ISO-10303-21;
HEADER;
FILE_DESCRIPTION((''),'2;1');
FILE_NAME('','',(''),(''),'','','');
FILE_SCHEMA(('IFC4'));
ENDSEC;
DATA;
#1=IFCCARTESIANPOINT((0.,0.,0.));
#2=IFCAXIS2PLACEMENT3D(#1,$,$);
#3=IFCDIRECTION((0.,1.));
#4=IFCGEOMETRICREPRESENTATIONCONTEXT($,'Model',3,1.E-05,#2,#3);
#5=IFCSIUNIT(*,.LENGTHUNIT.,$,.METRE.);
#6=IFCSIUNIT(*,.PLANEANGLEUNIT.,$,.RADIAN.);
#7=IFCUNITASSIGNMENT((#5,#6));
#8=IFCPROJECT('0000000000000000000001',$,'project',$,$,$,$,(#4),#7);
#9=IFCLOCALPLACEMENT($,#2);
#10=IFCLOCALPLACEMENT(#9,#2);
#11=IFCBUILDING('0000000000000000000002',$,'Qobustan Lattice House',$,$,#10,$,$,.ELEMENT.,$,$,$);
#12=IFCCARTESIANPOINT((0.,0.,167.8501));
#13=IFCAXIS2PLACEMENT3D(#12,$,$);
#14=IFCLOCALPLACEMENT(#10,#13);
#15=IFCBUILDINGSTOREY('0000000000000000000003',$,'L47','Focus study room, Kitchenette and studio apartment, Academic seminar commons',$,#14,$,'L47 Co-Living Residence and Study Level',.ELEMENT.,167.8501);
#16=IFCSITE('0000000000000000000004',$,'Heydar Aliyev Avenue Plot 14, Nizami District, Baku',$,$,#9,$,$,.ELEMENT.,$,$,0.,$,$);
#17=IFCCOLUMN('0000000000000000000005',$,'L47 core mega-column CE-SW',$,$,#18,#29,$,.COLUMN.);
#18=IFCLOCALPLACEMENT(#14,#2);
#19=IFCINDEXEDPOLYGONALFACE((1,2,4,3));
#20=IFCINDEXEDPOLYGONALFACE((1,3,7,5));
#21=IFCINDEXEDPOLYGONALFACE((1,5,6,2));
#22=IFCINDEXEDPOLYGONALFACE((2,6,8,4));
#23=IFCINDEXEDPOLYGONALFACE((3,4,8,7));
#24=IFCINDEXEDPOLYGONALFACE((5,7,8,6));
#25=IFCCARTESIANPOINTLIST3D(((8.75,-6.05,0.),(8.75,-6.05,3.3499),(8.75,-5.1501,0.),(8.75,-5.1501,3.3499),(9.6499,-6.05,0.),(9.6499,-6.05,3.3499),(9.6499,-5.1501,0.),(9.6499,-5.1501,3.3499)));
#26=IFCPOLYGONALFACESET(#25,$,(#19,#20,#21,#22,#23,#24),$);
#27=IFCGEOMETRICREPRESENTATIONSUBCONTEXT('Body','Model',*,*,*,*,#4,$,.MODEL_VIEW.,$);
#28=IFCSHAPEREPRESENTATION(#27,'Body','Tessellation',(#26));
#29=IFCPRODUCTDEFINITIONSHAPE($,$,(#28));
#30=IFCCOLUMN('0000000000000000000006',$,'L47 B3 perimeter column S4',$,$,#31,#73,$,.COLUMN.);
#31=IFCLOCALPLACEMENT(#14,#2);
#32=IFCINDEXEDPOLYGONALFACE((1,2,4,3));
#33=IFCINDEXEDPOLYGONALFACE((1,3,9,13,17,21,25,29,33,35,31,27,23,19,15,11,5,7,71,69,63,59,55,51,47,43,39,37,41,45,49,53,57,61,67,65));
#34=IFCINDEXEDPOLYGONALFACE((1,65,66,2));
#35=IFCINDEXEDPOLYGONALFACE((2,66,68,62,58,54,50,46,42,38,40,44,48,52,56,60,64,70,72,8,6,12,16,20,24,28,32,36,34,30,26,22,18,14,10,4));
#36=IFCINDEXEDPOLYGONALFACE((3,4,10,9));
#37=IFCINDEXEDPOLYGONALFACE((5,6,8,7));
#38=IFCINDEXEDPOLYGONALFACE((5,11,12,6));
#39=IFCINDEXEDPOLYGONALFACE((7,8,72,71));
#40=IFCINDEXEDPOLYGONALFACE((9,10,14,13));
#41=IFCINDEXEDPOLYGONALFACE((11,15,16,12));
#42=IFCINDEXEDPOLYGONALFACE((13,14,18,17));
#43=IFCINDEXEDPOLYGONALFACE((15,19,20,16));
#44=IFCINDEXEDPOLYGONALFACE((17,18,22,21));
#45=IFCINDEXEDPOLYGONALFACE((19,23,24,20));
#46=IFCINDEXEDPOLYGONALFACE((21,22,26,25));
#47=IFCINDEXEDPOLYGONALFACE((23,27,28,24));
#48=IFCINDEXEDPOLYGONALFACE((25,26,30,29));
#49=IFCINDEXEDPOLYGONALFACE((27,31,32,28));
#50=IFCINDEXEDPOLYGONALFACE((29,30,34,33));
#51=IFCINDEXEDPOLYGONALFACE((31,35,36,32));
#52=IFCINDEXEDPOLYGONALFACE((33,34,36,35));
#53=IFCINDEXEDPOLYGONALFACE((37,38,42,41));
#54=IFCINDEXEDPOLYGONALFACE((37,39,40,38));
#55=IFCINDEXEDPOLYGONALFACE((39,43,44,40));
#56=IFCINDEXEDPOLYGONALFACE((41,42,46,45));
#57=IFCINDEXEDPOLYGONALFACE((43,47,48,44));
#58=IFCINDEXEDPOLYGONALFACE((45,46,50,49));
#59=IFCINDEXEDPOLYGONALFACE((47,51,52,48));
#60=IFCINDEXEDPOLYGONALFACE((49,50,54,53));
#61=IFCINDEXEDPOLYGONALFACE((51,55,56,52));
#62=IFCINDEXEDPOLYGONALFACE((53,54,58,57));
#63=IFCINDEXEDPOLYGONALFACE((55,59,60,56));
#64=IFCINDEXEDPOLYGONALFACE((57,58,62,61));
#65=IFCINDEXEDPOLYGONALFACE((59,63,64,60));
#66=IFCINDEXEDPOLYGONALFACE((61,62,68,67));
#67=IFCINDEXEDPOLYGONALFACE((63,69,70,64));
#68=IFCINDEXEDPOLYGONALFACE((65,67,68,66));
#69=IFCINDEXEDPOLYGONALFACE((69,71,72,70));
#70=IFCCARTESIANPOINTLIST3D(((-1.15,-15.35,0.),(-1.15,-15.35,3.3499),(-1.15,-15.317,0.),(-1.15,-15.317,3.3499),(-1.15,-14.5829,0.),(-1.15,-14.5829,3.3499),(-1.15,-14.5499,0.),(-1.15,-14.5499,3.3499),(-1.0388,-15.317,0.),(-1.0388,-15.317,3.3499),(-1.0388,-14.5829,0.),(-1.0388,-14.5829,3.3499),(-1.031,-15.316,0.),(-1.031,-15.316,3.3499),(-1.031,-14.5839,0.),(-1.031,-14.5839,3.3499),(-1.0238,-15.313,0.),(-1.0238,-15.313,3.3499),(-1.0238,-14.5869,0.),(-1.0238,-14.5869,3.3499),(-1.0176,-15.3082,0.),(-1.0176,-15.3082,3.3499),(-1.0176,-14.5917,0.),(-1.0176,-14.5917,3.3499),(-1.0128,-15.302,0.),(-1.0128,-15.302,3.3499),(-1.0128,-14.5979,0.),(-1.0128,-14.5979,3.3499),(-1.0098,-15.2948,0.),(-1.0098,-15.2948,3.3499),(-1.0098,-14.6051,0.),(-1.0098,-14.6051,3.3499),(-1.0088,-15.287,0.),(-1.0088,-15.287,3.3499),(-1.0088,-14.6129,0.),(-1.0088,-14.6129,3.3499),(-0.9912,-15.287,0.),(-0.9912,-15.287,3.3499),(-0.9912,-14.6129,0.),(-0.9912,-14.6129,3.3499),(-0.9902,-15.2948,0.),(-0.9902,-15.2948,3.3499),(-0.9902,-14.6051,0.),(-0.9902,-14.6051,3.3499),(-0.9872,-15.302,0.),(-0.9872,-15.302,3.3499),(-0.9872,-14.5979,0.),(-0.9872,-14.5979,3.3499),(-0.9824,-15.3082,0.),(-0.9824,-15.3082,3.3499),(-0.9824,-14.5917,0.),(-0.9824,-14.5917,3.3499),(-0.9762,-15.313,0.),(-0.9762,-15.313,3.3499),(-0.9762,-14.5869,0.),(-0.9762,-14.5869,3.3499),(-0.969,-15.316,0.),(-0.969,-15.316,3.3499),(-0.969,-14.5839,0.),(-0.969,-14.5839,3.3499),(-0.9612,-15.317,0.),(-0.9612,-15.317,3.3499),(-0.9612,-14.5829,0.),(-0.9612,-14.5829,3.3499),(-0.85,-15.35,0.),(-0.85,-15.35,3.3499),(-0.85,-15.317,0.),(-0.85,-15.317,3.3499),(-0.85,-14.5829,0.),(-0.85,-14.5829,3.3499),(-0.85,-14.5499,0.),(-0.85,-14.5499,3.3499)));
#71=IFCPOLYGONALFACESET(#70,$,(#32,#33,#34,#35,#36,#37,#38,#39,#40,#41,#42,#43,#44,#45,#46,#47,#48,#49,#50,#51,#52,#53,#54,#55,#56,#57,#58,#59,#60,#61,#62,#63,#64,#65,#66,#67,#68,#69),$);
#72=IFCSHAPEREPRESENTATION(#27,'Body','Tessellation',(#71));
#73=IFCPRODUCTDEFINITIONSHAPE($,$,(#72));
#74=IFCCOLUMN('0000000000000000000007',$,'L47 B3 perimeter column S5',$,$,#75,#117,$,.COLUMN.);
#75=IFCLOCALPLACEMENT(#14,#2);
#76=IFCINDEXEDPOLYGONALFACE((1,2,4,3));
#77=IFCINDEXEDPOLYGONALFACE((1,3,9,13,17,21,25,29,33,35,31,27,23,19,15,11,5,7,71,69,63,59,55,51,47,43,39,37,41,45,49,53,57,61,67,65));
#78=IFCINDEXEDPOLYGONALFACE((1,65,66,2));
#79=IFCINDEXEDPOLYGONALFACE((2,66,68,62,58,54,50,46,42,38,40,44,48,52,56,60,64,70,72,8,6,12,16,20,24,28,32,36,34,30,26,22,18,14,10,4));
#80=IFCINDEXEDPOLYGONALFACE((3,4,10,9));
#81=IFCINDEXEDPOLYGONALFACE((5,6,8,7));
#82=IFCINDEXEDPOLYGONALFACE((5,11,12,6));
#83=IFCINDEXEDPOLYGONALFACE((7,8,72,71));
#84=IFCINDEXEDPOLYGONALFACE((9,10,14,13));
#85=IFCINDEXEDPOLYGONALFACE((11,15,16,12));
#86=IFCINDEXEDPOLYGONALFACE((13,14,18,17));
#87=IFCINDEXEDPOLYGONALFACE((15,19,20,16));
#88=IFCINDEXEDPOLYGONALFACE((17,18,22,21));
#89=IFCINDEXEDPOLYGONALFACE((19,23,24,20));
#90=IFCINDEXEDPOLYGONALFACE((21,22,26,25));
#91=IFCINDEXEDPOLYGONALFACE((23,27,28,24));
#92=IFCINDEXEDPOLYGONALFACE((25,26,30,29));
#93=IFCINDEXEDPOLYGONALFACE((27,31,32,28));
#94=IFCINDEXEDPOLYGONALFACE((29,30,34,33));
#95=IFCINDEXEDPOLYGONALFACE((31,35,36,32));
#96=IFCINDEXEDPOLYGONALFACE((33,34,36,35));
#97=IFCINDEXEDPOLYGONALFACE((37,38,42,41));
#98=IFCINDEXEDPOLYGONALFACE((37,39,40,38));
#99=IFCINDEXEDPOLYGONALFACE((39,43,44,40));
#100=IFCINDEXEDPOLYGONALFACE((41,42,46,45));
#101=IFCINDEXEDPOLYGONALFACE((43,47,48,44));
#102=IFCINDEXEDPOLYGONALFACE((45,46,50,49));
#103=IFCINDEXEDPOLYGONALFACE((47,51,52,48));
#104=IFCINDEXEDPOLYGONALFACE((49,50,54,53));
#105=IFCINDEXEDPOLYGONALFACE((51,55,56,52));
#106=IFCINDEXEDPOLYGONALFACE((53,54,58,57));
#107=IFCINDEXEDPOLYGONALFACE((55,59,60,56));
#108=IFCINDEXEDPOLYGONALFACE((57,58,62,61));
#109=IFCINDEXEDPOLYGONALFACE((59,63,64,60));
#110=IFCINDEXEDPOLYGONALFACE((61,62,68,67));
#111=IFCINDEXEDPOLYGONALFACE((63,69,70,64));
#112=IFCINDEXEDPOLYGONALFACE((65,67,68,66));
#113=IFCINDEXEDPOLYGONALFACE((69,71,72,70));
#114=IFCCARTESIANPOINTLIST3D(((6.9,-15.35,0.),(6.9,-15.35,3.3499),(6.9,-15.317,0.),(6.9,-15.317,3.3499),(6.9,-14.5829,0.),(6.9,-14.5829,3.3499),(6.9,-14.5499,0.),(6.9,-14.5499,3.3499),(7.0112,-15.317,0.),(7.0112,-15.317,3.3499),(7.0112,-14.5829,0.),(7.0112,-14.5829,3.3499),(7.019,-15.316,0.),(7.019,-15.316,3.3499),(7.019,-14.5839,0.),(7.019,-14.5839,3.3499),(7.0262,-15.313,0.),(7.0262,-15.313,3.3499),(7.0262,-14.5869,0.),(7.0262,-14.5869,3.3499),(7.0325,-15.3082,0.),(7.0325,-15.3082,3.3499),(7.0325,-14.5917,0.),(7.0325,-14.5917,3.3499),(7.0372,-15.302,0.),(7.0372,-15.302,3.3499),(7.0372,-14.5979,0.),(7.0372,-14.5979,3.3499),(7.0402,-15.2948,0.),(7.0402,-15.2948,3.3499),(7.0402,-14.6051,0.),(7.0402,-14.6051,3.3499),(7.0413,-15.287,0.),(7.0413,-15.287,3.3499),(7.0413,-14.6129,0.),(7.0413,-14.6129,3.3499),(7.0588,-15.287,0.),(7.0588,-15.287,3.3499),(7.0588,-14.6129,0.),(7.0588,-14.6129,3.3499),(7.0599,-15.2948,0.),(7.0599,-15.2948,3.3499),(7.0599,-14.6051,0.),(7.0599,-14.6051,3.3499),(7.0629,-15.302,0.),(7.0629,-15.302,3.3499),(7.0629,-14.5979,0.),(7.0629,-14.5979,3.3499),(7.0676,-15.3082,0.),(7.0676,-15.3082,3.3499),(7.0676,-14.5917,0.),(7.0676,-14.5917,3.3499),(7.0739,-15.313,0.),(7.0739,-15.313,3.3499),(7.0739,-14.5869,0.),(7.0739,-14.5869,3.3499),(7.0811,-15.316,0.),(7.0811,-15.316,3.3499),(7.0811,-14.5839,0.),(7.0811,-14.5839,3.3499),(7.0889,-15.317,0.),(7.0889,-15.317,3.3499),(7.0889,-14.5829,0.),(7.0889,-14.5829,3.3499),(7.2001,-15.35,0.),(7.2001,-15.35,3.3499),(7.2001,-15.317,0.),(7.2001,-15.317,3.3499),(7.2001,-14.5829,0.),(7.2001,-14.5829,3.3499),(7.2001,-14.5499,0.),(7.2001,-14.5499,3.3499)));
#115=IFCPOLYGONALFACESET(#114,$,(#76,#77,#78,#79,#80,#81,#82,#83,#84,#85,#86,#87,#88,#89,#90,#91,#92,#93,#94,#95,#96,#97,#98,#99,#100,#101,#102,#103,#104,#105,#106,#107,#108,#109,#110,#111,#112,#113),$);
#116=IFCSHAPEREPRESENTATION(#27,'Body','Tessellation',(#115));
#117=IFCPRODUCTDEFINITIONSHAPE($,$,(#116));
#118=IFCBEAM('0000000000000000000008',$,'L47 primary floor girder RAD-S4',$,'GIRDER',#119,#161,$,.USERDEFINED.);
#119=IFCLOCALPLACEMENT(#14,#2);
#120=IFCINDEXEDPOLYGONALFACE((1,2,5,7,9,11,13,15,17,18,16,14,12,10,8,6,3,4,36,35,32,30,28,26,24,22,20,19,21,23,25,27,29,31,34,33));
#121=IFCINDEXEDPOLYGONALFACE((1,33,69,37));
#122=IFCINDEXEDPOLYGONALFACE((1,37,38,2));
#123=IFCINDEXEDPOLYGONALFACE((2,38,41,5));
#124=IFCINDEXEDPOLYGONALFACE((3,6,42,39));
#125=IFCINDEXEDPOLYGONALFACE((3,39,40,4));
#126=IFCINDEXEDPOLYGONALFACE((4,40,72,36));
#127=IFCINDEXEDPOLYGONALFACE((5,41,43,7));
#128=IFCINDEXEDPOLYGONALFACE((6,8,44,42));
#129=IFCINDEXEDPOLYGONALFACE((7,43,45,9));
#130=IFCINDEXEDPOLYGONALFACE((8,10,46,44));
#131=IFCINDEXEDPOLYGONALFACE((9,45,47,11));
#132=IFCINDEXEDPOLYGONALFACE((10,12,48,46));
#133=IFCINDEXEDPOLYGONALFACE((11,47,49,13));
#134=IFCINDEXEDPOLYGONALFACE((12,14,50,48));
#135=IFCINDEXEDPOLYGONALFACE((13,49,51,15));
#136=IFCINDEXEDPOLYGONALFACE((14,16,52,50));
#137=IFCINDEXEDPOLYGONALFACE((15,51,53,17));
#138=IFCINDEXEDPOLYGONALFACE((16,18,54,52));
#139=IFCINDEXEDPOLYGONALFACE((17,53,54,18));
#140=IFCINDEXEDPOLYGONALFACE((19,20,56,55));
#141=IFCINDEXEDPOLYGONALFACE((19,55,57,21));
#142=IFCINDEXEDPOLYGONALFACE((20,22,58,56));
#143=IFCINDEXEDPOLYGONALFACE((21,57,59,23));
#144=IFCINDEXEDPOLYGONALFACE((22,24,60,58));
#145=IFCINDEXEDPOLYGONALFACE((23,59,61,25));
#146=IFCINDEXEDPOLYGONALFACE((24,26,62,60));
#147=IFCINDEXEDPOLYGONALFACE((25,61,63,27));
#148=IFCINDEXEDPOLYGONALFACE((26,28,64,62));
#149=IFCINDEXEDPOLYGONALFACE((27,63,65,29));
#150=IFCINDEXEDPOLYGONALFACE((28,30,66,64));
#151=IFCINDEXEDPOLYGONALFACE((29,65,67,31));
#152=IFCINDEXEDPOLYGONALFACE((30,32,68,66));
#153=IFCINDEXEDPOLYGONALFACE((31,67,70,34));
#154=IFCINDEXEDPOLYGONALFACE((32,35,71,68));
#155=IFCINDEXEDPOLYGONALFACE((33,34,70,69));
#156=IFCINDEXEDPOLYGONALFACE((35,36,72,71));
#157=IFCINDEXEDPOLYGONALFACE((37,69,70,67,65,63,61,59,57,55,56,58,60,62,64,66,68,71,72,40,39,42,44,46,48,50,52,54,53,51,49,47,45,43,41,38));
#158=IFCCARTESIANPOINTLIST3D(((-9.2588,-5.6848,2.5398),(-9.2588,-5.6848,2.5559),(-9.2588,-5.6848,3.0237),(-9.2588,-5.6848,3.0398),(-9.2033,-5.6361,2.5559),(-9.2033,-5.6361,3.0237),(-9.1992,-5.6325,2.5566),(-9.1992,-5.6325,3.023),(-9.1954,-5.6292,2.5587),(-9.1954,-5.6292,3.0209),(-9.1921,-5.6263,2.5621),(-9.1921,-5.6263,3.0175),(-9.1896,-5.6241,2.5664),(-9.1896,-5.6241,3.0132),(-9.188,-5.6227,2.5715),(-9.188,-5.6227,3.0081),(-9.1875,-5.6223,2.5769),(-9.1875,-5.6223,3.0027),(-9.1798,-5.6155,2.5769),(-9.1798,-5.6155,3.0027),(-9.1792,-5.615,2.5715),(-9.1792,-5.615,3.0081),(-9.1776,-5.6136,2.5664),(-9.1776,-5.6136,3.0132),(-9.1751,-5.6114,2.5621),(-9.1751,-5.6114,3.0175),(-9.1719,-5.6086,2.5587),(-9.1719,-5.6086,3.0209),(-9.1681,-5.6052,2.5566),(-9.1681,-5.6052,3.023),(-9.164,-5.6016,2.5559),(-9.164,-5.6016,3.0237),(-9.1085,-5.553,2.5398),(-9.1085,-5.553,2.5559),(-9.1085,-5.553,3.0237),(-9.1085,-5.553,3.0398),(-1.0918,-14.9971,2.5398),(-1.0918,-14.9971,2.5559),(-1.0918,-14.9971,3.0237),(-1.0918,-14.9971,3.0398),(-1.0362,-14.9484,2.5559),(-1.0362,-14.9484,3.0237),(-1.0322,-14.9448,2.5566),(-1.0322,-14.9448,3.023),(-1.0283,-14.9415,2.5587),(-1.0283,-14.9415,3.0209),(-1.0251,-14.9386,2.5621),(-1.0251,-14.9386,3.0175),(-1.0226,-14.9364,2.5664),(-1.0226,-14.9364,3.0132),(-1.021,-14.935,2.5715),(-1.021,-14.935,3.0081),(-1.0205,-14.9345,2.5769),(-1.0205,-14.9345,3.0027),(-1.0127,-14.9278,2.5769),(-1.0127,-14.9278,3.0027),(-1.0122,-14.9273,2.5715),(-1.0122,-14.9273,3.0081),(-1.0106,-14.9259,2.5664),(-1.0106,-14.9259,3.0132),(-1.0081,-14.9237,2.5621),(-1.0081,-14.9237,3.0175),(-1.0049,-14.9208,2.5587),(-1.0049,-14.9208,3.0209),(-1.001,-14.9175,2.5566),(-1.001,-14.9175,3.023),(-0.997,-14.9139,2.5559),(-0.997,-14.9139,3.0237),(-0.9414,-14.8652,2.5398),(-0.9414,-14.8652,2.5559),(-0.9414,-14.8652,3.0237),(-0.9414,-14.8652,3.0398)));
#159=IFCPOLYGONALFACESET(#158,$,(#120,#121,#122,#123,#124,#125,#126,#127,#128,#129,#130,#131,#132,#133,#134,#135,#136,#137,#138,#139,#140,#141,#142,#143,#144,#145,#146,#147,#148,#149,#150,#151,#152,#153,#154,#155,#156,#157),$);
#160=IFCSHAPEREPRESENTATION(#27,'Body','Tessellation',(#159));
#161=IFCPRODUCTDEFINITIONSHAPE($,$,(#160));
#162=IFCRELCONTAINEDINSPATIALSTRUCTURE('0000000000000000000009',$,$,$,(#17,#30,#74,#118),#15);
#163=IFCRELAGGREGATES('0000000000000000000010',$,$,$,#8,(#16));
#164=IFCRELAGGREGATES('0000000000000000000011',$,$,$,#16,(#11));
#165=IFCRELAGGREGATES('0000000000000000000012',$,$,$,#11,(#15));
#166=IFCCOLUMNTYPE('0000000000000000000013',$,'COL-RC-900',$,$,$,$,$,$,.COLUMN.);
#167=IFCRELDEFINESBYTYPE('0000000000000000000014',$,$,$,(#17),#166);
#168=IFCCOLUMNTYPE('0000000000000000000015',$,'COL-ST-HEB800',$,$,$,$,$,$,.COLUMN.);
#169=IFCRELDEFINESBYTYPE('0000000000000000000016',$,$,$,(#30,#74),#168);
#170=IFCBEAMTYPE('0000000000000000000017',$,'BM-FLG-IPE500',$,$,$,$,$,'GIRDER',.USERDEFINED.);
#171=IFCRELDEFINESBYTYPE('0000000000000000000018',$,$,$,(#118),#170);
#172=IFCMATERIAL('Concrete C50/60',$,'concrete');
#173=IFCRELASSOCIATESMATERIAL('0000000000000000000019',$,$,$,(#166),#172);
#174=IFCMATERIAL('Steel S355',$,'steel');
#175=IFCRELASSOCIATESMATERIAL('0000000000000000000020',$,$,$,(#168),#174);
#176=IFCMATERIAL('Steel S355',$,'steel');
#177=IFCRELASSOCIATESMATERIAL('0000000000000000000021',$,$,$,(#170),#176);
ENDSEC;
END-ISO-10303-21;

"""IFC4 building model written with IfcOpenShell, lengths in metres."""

from ifc_helpers import new_model, si_unit, direction, frame, origin, origin_2d, place, context, subcontext, project, spatial, rectangle, i_section, extrude, material, material_profile, profile_set, type_object, element, save


model = new_model("IFC4")

# Units and contexts
model_context = context("Model", 3, precision=1e-05, world=origin(), true_north=direction((0.0, 1.0)))
body_context = subcontext(model_context, "Body", "Model", "MODEL_VIEW")
ifc_project = project(units=[si_unit("LENGTHUNIT", "METRE"), si_unit("PLANEANGLEUNIT", "RADIAN")], contexts=[model_context])

# Site, building, storey
site_placement = place(None, origin())
site = spatial("IfcSite", under=ifc_project, at=site_placement, Name="Heydar Aliyev Avenue Plot 14, Nizami District, Baku", CompositionType="ELEMENT", RefElevation=0.0)
building_placement = place(site_placement, origin())
building = spatial("IfcBuilding", under=site, at=building_placement, Name="Qobustan Lattice House", CompositionType="ELEMENT")
storey_placement = place(building_placement, frame((0.0, 0.0, 167.8501)))
storey = spatial("IfcBuildingStorey", under=building, at=storey_placement, Name="L47", Description="Focus study room, Kitchenette and studio apartment, Academic seminar commons", LongName="L47 Co-Living Residence and Study Level", CompositionType="ELEMENT", Elevation=167.8501)

# Columns
ifc_material_1 = material(Name="Concrete C50/60", Category="concrete")
ifc_material_profile_1 = material_profile(ifc_material_1, rectangle(XDim=0.8999, YDim=0.8999, at=origin_2d()), Name="RC900x900")
ifc_profile_set_1 = profile_set([ifc_material_profile_1], Name="Concrete C50/60")
column_type_1 = type_object("IfcColumnType", Name="COL-RC-900", PredefinedType="COLUMN", material=ifc_profile_set_1)
column_placement = place(storey_placement, frame((9.2, -5.6001, 0.0), z_axis=(0.0, 0.0, 1.0), x_axis=(1.0, 0.0, 0.0)))
element("IfcColumn", 1, at=column_placement, inside=storey, type_object=column_type_1, Name="L47 core mega-column CE-SW", PredefinedType="COLUMN", context=body_context, shape_type="SweptSolid", body=[
    extrude(rectangle(XDim=0.8999, YDim=0.8999, at=origin_2d()), origin(), (0.0, 0.0, 1.0), 3.3499),
])
ifc_material_2 = material(Name="Steel S355", Category="steel")
ifc_material_profile_2 = material_profile(ifc_material_2, i_section(OverallWidth=0.3, OverallDepth=0.8, WebThickness=0.0176, FlangeThickness=0.033, FilletRadius=0.03, at=origin_2d()), Name="HEB800")
ifc_profile_set_2 = profile_set([ifc_material_profile_2], Name="Steel S355")
column_type_2 = type_object("IfcColumnType", Name="COL-ST-HEB800", PredefinedType="COLUMN", material=ifc_profile_set_2)
for number, where, z_axis, x_axis, name in (
    (2, (-1.0, -14.95, 0.0), (0.0, 0.0, 1.0), (1.0, 0.0, 0.0), "L47 B3 perimeter column S4"),
    (3, (7.05, -14.95, 0.0), (0.0, 0.0, 1.0), (1.0, 0.0, 0.0), "L47 B3 perimeter column S5"),
):
    element("IfcColumn", number, at=place(storey_placement, frame(where, z_axis=z_axis, x_axis=x_axis)), inside=storey, type_object=column_type_2, Name=name, PredefinedType="COLUMN", context=body_context, shape_type="SweptSolid", body=[
        extrude(i_section(OverallWidth=0.3, OverallDepth=0.8, WebThickness=0.0176, FlangeThickness=0.033, FilletRadius=0.03, at=origin_2d()), origin(), (0.0, 0.0, 1.0), 3.3499),
    ])

# Beam
ifc_material_3 = material(Name="Steel S355", Category="steel")
ifc_material_profile_3 = material_profile(ifc_material_3, i_section(OverallWidth=0.2, OverallDepth=0.5, WebThickness=0.0103, FlangeThickness=0.0161, FilletRadius=0.021, at=origin_2d()), Name="IPE500")
ifc_profile_set_3 = profile_set([ifc_material_profile_3], Name="Steel S355")
beam_type_1 = type_object("IfcBeamType", Name="BM-FLG-IPE500", ElementType="GIRDER", PredefinedType="USERDEFINED", material=ifc_profile_set_3)
beam_1_placement = place(storey_placement, frame((-1.0166, -14.9312, 2.7898), z_axis=(-0.659362, 0.751825, 0.0), x_axis=(-0.751825, -0.659362, 0.0)))
element("IfcBeam", 4, at=beam_1_placement, inside=storey, type_object=beam_type_1, Name="L47 primary floor girder RAD-S4", ObjectType="GIRDER", PredefinedType="USERDEFINED", context=body_context, shape_type="SweptSolid", body=[
    extrude(i_section(OverallWidth=0.2, OverallDepth=0.5, WebThickness=0.0103, FlangeThickness=0.0161, FilletRadius=0.021, at=origin_2d()), origin(), (0.0, 0.0, 1.0), 12.3862),
])

save(model, "model.ifc")
